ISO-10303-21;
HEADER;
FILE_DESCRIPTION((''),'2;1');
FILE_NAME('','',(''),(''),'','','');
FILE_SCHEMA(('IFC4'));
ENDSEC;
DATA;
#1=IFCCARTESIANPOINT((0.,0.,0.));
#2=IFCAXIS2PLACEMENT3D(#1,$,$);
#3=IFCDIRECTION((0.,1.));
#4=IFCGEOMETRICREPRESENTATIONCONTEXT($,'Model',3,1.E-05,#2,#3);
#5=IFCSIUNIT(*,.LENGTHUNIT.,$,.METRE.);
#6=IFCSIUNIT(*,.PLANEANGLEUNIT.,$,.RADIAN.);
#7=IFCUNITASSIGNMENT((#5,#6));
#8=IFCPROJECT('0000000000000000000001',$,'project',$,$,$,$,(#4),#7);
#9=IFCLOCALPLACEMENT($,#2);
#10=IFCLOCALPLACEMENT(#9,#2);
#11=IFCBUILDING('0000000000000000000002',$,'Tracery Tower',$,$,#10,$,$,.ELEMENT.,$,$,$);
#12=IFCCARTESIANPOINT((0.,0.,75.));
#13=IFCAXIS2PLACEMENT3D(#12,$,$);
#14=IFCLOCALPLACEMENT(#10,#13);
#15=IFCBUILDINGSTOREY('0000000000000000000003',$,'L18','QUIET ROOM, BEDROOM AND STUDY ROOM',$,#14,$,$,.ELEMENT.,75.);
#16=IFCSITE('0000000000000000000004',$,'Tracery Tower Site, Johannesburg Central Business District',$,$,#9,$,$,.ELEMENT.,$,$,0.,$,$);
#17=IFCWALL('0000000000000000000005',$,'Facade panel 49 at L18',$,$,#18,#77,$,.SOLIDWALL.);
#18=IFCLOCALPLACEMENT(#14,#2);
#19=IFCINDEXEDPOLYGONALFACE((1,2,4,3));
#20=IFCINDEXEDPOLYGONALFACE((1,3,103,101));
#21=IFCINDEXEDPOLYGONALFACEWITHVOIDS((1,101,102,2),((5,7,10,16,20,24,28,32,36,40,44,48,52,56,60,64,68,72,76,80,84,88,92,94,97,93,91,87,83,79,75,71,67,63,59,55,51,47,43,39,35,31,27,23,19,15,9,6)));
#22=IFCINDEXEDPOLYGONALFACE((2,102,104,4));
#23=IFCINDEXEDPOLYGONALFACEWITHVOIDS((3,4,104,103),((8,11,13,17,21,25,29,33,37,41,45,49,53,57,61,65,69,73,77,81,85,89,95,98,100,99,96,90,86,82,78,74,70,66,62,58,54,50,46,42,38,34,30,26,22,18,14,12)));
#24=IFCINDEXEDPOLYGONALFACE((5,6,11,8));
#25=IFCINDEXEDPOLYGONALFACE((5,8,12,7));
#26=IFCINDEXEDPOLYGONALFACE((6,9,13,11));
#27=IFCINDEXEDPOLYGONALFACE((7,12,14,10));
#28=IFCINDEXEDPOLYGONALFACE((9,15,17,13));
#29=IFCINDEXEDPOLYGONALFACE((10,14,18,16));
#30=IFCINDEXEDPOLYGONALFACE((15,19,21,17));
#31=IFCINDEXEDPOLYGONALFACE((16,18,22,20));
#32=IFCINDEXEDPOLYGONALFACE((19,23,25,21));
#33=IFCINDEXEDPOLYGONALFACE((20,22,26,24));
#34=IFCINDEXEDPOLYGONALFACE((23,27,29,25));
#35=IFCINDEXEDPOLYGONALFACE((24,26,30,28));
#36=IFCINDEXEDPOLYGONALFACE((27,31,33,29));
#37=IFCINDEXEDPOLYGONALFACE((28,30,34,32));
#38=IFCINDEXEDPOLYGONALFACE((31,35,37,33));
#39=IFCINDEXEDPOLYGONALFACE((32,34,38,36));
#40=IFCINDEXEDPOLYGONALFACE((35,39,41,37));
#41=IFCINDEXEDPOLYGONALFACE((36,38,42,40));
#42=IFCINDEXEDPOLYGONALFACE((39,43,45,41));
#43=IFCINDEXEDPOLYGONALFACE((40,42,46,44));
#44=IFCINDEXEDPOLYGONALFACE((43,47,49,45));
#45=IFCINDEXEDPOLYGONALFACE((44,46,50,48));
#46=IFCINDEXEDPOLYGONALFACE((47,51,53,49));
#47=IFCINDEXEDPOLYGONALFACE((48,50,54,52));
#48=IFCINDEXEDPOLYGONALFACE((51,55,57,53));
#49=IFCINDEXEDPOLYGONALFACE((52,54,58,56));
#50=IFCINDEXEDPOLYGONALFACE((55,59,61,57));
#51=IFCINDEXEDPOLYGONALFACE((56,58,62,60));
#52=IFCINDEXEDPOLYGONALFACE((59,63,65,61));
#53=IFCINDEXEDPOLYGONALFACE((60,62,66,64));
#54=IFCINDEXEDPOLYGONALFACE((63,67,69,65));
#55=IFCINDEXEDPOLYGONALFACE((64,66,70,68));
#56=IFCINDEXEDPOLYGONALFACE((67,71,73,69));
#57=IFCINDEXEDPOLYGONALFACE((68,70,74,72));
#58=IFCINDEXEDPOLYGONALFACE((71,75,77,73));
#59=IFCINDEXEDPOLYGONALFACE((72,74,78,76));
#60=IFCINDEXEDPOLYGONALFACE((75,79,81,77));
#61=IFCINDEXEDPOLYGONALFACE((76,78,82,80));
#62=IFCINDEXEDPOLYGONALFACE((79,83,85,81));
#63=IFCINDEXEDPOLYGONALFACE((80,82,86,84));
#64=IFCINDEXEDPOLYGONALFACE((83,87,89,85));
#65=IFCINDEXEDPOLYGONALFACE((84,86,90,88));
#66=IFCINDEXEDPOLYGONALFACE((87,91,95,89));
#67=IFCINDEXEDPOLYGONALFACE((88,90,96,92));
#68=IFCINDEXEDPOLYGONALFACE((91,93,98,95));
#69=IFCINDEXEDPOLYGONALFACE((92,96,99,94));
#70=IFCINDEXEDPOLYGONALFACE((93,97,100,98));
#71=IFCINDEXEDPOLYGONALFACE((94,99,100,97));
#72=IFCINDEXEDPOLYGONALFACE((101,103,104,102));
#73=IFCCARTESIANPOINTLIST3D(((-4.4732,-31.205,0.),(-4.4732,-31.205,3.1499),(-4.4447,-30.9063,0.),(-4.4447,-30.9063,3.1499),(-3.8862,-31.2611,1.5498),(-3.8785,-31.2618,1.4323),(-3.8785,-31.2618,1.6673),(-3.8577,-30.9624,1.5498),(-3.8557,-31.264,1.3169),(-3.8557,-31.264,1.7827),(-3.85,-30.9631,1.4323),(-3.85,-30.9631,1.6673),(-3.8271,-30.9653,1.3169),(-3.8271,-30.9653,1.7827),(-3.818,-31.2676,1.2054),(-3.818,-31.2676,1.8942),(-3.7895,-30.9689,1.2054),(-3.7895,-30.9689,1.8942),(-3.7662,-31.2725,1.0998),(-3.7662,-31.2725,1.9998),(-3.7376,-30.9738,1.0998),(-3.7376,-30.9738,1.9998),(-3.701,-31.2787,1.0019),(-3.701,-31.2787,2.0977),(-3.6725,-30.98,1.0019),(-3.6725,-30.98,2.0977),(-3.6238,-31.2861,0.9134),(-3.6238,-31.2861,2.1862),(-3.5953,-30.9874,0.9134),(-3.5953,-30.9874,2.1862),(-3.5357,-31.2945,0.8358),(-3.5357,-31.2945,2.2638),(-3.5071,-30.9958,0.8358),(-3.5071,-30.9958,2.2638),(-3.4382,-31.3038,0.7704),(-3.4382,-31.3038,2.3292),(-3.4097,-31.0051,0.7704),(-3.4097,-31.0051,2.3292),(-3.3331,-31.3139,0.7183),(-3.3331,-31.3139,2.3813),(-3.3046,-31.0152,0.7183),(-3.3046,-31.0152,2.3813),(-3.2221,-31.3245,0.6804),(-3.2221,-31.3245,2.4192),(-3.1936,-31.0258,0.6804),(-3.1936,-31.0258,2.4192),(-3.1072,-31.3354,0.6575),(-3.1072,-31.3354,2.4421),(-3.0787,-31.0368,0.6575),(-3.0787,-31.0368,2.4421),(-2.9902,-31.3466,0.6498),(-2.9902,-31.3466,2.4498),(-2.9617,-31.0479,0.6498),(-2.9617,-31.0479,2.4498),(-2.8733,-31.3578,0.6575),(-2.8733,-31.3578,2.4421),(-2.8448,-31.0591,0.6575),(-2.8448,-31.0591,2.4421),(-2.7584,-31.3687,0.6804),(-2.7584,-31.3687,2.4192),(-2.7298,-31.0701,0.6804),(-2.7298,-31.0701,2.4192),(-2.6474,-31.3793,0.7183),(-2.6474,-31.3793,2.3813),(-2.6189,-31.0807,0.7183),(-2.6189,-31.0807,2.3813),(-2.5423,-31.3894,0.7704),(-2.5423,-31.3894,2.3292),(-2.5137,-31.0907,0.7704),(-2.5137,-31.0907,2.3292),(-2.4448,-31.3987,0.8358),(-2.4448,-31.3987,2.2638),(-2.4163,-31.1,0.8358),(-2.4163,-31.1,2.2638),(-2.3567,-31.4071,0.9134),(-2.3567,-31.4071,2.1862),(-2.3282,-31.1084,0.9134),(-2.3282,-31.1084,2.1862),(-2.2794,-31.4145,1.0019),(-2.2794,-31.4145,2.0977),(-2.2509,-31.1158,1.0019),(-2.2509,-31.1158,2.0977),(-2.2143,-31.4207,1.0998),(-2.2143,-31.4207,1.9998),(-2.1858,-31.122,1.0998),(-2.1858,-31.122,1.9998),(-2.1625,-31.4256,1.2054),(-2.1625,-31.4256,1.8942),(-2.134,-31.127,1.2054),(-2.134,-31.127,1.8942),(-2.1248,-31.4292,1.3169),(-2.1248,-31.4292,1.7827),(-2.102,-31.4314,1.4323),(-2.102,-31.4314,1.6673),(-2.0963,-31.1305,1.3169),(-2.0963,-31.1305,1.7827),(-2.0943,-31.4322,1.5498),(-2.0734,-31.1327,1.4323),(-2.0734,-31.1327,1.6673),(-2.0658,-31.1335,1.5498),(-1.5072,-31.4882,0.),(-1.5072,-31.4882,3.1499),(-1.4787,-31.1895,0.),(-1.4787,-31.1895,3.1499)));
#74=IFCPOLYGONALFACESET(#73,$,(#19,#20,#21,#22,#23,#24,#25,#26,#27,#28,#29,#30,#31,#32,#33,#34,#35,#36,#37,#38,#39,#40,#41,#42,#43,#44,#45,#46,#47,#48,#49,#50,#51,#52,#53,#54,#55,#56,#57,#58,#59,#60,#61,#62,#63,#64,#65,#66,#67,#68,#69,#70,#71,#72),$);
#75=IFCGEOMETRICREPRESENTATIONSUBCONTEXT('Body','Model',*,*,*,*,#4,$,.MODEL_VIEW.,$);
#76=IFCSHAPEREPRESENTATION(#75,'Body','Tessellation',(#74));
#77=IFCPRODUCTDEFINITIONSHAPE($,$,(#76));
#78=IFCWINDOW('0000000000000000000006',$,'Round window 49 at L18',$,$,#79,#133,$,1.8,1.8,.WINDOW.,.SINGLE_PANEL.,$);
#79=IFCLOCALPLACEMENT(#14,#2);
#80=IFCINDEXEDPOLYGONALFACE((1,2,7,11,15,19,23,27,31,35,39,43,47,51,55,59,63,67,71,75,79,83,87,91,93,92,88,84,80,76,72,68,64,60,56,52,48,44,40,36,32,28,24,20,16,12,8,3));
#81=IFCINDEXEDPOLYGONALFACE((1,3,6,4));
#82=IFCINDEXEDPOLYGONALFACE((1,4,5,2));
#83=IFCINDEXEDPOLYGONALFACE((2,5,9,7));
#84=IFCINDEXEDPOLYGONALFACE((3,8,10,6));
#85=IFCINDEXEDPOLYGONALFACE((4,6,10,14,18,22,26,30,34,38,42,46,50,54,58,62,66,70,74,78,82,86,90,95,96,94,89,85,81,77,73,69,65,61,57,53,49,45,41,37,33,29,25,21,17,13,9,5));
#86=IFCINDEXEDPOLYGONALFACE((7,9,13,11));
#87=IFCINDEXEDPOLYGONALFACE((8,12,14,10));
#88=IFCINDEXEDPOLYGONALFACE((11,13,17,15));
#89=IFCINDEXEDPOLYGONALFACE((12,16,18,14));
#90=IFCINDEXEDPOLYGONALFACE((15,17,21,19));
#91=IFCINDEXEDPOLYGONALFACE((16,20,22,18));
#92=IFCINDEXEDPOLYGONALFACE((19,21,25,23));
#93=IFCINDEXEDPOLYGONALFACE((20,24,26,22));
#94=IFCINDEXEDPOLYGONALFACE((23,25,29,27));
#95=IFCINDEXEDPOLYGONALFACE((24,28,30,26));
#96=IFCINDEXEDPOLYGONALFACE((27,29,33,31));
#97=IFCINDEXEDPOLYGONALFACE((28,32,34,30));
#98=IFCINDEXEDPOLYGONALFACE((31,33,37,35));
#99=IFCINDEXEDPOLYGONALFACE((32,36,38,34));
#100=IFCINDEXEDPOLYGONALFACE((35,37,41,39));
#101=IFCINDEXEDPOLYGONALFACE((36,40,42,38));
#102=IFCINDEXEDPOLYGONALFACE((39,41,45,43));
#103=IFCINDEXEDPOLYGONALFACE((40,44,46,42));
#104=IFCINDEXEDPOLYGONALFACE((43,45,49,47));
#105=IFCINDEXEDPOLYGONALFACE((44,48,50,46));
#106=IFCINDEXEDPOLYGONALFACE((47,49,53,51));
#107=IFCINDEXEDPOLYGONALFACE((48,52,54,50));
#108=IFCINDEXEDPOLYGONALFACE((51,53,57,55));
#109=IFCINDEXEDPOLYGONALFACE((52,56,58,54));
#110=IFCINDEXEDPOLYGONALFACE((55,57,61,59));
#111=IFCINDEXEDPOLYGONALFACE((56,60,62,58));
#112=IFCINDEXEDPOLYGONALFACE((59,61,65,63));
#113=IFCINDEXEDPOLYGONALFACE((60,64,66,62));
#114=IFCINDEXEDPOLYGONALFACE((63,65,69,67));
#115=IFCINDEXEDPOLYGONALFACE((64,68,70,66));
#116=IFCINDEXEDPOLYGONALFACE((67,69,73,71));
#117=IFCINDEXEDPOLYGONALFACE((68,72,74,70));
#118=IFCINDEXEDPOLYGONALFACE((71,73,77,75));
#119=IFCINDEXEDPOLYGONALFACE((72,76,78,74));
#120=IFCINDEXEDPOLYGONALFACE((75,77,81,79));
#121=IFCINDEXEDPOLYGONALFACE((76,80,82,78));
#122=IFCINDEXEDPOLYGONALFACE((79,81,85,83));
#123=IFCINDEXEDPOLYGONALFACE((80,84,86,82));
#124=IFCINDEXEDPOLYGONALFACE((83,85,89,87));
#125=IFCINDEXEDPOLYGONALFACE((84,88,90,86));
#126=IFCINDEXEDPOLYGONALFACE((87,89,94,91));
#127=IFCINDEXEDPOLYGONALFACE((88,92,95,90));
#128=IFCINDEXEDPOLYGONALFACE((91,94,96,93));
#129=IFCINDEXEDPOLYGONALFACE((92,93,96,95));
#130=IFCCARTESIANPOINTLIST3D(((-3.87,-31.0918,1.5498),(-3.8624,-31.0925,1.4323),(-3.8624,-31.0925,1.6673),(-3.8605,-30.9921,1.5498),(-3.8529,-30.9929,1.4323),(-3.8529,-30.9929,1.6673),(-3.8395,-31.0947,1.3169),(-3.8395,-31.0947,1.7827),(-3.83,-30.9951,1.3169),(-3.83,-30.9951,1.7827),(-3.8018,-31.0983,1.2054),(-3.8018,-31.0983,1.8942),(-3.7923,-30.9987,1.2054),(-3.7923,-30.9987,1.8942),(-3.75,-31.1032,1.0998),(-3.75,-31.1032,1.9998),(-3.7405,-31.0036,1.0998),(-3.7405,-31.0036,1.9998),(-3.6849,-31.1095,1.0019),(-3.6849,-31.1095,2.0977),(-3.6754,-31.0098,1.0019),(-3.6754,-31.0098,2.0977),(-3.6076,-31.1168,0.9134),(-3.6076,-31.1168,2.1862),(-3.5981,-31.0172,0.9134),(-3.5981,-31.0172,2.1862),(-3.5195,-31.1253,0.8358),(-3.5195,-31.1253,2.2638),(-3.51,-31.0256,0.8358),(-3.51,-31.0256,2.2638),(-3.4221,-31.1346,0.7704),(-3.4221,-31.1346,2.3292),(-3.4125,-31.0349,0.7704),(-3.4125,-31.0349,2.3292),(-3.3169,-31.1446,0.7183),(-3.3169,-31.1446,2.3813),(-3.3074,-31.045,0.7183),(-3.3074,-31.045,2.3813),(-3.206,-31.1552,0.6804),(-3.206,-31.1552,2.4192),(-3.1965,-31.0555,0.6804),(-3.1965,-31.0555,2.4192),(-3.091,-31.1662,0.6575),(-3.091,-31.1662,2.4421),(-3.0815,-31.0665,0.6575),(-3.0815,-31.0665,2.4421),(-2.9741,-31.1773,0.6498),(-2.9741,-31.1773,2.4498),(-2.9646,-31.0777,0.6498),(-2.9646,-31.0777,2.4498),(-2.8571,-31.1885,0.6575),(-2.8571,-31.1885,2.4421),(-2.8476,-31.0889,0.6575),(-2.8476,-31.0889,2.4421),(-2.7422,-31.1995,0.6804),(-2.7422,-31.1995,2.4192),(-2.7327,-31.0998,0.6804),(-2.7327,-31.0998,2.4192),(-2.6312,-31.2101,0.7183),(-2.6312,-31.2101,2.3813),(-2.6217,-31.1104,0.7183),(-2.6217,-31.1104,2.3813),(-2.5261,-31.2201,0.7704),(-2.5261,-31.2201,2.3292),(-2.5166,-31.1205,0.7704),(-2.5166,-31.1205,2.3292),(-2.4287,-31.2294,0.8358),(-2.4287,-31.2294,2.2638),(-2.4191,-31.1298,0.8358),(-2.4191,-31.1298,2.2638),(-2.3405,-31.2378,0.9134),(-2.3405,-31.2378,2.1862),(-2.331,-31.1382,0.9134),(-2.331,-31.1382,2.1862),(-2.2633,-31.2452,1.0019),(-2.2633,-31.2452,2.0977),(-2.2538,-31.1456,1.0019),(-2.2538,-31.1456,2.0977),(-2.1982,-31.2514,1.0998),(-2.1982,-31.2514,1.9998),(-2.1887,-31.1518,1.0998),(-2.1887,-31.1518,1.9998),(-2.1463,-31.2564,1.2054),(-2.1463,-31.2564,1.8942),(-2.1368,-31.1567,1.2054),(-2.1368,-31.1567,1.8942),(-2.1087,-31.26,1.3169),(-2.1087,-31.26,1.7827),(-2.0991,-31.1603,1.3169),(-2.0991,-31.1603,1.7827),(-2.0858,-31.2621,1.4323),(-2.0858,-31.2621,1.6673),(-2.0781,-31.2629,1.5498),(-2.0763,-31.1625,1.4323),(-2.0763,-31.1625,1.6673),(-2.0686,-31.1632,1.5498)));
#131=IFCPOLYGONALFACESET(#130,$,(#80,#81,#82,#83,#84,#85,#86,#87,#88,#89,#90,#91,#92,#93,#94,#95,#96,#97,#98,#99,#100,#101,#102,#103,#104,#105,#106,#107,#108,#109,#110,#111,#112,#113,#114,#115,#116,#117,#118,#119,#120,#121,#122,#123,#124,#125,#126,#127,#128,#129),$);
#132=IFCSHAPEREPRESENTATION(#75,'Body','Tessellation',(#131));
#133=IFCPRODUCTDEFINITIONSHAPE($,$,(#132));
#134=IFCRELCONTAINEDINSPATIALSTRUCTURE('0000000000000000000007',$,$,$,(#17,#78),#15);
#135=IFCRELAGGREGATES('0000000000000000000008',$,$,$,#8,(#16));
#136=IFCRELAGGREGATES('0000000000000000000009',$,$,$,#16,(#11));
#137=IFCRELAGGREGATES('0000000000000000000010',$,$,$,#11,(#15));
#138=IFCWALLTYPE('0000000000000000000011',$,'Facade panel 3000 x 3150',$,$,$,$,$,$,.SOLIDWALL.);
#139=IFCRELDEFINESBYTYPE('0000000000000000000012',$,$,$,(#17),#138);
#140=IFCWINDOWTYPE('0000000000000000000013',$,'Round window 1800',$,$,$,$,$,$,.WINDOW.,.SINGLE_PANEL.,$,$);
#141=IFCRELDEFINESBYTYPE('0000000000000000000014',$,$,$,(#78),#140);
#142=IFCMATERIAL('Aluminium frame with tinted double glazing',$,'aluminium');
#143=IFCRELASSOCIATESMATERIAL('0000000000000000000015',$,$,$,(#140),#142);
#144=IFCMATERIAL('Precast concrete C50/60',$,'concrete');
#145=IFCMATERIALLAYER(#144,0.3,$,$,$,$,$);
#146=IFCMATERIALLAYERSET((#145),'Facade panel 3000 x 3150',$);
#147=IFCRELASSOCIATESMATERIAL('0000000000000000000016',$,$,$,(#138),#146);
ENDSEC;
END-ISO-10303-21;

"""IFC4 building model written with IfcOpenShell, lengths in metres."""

from ifc_helpers import new_model, si_unit, direction, frame, frame_2d, origin, origin_2d, place, context, subcontext, project, spatial, rectangle, circle, extrude, material, layer, layer_set, type_object, element, fill, save


model = new_model("IFC4")

# Units and contexts
model_context = context("Model", 3, precision=1e-05, world=origin(), true_north=direction((0.0, 1.0)))
body_context = subcontext(model_context, "Body", "Model", "MODEL_VIEW")
ifc_project = project(units=[si_unit("LENGTHUNIT", "METRE"), si_unit("PLANEANGLEUNIT", "RADIAN")], contexts=[model_context])

# Site, building, storey
site_placement = place(None, origin())
site = spatial("IfcSite", under=ifc_project, at=site_placement, Name="Tracery Tower Site, Johannesburg Central Business District", CompositionType="ELEMENT", RefElevation=0.0)
building_placement = place(site_placement, origin())
building = spatial("IfcBuilding", under=site, at=building_placement, Name="Tracery Tower", CompositionType="ELEMENT")
storey_placement = place(building_placement, frame((0.0, 0.0, 75.0)))
storey = spatial("IfcBuildingStorey", under=building, at=storey_placement, Name="L18", Description="QUIET ROOM, BEDROOM AND STUDY ROOM", CompositionType="ELEMENT", Elevation=75.0)

# Wall, opening, window
ifc_material_1 = material(Name="Aluminium frame with tinted double glazing", Category="aluminium")
window_type = type_object("IfcWindowType", Name="Round window 1800", PartitioningType="SINGLE_PANEL", PredefinedType="WINDOW", material=ifc_material_1)
ifc_material_2 = material(Name="Precast concrete C50/60", Category="concrete")
ifc_layer_1 = layer(ifc_material_2, 0.3)
ifc_layer_set_1 = layer_set([ifc_layer_1], Name="Facade panel 3000 x 3150")
wall_type_1 = type_object("IfcWallType", Name="Facade panel 3000 x 3150", PredefinedType="SOLIDWALL", material=ifc_layer_set_1)
wall_1_placement = place(storey_placement, frame((-4.459, -31.0557, 0.0), z_axis=(0.0, 0.0, 1.0), x_axis=(0.995473, -0.095049, 0.0)))
wall_1 = element("IfcWall", 1, at=wall_1_placement, inside=storey, type_object=wall_type_1, Name="Facade panel 49 at L18", PredefinedType="SOLIDWALL", context=body_context, shape_type="SweptSolid", body=[
    extrude(rectangle(XDim=2.9795, YDim=0.3, at=frame_2d((1.4897, 0.0))), origin(), (0.0, 0.0, 1.0), 3.1499),
])
opening_1_placement = place(wall_1_placement, frame((1.4897, 0.0, 1.5498)))
opening_1 = element("IfcOpeningElement", 2, at=opening_1_placement, cuts=wall_1, PredefinedType="OPENING", context=body_context, shape_type="SweptSolid", body=[
    extrude(circle(Radius=0.9, at=origin_2d()), frame((0.0, 0.1599, 0.0), z_axis=(0.0, -1.0, 0.0), x_axis=(1.0, 0.0, 0.0)), (0.0, 0.0, 1.0), 0.3201),
])
window_1_placement = place(opening_1_placement, origin())
window_1 = element("IfcWindow", 3, at=window_1_placement, inside=storey, type_object=window_type, Name="Round window 49 at L18", OverallHeight=1.8, OverallWidth=1.8, PartitioningType="SINGLE_PANEL", PredefinedType="WINDOW", context=body_context, shape_type="SweptSolid", body=[
    extrude(circle(Radius=0.9, at=origin_2d()), frame((0.0, 0.1201, 0.0), z_axis=(0.0, -1.0, 0.0), x_axis=(1.0, 0.0, 0.0)), (0.0, 0.0, 1.0), 0.1001),
])
fill(opening_1, window_1)

save(model, "model.ifc")
